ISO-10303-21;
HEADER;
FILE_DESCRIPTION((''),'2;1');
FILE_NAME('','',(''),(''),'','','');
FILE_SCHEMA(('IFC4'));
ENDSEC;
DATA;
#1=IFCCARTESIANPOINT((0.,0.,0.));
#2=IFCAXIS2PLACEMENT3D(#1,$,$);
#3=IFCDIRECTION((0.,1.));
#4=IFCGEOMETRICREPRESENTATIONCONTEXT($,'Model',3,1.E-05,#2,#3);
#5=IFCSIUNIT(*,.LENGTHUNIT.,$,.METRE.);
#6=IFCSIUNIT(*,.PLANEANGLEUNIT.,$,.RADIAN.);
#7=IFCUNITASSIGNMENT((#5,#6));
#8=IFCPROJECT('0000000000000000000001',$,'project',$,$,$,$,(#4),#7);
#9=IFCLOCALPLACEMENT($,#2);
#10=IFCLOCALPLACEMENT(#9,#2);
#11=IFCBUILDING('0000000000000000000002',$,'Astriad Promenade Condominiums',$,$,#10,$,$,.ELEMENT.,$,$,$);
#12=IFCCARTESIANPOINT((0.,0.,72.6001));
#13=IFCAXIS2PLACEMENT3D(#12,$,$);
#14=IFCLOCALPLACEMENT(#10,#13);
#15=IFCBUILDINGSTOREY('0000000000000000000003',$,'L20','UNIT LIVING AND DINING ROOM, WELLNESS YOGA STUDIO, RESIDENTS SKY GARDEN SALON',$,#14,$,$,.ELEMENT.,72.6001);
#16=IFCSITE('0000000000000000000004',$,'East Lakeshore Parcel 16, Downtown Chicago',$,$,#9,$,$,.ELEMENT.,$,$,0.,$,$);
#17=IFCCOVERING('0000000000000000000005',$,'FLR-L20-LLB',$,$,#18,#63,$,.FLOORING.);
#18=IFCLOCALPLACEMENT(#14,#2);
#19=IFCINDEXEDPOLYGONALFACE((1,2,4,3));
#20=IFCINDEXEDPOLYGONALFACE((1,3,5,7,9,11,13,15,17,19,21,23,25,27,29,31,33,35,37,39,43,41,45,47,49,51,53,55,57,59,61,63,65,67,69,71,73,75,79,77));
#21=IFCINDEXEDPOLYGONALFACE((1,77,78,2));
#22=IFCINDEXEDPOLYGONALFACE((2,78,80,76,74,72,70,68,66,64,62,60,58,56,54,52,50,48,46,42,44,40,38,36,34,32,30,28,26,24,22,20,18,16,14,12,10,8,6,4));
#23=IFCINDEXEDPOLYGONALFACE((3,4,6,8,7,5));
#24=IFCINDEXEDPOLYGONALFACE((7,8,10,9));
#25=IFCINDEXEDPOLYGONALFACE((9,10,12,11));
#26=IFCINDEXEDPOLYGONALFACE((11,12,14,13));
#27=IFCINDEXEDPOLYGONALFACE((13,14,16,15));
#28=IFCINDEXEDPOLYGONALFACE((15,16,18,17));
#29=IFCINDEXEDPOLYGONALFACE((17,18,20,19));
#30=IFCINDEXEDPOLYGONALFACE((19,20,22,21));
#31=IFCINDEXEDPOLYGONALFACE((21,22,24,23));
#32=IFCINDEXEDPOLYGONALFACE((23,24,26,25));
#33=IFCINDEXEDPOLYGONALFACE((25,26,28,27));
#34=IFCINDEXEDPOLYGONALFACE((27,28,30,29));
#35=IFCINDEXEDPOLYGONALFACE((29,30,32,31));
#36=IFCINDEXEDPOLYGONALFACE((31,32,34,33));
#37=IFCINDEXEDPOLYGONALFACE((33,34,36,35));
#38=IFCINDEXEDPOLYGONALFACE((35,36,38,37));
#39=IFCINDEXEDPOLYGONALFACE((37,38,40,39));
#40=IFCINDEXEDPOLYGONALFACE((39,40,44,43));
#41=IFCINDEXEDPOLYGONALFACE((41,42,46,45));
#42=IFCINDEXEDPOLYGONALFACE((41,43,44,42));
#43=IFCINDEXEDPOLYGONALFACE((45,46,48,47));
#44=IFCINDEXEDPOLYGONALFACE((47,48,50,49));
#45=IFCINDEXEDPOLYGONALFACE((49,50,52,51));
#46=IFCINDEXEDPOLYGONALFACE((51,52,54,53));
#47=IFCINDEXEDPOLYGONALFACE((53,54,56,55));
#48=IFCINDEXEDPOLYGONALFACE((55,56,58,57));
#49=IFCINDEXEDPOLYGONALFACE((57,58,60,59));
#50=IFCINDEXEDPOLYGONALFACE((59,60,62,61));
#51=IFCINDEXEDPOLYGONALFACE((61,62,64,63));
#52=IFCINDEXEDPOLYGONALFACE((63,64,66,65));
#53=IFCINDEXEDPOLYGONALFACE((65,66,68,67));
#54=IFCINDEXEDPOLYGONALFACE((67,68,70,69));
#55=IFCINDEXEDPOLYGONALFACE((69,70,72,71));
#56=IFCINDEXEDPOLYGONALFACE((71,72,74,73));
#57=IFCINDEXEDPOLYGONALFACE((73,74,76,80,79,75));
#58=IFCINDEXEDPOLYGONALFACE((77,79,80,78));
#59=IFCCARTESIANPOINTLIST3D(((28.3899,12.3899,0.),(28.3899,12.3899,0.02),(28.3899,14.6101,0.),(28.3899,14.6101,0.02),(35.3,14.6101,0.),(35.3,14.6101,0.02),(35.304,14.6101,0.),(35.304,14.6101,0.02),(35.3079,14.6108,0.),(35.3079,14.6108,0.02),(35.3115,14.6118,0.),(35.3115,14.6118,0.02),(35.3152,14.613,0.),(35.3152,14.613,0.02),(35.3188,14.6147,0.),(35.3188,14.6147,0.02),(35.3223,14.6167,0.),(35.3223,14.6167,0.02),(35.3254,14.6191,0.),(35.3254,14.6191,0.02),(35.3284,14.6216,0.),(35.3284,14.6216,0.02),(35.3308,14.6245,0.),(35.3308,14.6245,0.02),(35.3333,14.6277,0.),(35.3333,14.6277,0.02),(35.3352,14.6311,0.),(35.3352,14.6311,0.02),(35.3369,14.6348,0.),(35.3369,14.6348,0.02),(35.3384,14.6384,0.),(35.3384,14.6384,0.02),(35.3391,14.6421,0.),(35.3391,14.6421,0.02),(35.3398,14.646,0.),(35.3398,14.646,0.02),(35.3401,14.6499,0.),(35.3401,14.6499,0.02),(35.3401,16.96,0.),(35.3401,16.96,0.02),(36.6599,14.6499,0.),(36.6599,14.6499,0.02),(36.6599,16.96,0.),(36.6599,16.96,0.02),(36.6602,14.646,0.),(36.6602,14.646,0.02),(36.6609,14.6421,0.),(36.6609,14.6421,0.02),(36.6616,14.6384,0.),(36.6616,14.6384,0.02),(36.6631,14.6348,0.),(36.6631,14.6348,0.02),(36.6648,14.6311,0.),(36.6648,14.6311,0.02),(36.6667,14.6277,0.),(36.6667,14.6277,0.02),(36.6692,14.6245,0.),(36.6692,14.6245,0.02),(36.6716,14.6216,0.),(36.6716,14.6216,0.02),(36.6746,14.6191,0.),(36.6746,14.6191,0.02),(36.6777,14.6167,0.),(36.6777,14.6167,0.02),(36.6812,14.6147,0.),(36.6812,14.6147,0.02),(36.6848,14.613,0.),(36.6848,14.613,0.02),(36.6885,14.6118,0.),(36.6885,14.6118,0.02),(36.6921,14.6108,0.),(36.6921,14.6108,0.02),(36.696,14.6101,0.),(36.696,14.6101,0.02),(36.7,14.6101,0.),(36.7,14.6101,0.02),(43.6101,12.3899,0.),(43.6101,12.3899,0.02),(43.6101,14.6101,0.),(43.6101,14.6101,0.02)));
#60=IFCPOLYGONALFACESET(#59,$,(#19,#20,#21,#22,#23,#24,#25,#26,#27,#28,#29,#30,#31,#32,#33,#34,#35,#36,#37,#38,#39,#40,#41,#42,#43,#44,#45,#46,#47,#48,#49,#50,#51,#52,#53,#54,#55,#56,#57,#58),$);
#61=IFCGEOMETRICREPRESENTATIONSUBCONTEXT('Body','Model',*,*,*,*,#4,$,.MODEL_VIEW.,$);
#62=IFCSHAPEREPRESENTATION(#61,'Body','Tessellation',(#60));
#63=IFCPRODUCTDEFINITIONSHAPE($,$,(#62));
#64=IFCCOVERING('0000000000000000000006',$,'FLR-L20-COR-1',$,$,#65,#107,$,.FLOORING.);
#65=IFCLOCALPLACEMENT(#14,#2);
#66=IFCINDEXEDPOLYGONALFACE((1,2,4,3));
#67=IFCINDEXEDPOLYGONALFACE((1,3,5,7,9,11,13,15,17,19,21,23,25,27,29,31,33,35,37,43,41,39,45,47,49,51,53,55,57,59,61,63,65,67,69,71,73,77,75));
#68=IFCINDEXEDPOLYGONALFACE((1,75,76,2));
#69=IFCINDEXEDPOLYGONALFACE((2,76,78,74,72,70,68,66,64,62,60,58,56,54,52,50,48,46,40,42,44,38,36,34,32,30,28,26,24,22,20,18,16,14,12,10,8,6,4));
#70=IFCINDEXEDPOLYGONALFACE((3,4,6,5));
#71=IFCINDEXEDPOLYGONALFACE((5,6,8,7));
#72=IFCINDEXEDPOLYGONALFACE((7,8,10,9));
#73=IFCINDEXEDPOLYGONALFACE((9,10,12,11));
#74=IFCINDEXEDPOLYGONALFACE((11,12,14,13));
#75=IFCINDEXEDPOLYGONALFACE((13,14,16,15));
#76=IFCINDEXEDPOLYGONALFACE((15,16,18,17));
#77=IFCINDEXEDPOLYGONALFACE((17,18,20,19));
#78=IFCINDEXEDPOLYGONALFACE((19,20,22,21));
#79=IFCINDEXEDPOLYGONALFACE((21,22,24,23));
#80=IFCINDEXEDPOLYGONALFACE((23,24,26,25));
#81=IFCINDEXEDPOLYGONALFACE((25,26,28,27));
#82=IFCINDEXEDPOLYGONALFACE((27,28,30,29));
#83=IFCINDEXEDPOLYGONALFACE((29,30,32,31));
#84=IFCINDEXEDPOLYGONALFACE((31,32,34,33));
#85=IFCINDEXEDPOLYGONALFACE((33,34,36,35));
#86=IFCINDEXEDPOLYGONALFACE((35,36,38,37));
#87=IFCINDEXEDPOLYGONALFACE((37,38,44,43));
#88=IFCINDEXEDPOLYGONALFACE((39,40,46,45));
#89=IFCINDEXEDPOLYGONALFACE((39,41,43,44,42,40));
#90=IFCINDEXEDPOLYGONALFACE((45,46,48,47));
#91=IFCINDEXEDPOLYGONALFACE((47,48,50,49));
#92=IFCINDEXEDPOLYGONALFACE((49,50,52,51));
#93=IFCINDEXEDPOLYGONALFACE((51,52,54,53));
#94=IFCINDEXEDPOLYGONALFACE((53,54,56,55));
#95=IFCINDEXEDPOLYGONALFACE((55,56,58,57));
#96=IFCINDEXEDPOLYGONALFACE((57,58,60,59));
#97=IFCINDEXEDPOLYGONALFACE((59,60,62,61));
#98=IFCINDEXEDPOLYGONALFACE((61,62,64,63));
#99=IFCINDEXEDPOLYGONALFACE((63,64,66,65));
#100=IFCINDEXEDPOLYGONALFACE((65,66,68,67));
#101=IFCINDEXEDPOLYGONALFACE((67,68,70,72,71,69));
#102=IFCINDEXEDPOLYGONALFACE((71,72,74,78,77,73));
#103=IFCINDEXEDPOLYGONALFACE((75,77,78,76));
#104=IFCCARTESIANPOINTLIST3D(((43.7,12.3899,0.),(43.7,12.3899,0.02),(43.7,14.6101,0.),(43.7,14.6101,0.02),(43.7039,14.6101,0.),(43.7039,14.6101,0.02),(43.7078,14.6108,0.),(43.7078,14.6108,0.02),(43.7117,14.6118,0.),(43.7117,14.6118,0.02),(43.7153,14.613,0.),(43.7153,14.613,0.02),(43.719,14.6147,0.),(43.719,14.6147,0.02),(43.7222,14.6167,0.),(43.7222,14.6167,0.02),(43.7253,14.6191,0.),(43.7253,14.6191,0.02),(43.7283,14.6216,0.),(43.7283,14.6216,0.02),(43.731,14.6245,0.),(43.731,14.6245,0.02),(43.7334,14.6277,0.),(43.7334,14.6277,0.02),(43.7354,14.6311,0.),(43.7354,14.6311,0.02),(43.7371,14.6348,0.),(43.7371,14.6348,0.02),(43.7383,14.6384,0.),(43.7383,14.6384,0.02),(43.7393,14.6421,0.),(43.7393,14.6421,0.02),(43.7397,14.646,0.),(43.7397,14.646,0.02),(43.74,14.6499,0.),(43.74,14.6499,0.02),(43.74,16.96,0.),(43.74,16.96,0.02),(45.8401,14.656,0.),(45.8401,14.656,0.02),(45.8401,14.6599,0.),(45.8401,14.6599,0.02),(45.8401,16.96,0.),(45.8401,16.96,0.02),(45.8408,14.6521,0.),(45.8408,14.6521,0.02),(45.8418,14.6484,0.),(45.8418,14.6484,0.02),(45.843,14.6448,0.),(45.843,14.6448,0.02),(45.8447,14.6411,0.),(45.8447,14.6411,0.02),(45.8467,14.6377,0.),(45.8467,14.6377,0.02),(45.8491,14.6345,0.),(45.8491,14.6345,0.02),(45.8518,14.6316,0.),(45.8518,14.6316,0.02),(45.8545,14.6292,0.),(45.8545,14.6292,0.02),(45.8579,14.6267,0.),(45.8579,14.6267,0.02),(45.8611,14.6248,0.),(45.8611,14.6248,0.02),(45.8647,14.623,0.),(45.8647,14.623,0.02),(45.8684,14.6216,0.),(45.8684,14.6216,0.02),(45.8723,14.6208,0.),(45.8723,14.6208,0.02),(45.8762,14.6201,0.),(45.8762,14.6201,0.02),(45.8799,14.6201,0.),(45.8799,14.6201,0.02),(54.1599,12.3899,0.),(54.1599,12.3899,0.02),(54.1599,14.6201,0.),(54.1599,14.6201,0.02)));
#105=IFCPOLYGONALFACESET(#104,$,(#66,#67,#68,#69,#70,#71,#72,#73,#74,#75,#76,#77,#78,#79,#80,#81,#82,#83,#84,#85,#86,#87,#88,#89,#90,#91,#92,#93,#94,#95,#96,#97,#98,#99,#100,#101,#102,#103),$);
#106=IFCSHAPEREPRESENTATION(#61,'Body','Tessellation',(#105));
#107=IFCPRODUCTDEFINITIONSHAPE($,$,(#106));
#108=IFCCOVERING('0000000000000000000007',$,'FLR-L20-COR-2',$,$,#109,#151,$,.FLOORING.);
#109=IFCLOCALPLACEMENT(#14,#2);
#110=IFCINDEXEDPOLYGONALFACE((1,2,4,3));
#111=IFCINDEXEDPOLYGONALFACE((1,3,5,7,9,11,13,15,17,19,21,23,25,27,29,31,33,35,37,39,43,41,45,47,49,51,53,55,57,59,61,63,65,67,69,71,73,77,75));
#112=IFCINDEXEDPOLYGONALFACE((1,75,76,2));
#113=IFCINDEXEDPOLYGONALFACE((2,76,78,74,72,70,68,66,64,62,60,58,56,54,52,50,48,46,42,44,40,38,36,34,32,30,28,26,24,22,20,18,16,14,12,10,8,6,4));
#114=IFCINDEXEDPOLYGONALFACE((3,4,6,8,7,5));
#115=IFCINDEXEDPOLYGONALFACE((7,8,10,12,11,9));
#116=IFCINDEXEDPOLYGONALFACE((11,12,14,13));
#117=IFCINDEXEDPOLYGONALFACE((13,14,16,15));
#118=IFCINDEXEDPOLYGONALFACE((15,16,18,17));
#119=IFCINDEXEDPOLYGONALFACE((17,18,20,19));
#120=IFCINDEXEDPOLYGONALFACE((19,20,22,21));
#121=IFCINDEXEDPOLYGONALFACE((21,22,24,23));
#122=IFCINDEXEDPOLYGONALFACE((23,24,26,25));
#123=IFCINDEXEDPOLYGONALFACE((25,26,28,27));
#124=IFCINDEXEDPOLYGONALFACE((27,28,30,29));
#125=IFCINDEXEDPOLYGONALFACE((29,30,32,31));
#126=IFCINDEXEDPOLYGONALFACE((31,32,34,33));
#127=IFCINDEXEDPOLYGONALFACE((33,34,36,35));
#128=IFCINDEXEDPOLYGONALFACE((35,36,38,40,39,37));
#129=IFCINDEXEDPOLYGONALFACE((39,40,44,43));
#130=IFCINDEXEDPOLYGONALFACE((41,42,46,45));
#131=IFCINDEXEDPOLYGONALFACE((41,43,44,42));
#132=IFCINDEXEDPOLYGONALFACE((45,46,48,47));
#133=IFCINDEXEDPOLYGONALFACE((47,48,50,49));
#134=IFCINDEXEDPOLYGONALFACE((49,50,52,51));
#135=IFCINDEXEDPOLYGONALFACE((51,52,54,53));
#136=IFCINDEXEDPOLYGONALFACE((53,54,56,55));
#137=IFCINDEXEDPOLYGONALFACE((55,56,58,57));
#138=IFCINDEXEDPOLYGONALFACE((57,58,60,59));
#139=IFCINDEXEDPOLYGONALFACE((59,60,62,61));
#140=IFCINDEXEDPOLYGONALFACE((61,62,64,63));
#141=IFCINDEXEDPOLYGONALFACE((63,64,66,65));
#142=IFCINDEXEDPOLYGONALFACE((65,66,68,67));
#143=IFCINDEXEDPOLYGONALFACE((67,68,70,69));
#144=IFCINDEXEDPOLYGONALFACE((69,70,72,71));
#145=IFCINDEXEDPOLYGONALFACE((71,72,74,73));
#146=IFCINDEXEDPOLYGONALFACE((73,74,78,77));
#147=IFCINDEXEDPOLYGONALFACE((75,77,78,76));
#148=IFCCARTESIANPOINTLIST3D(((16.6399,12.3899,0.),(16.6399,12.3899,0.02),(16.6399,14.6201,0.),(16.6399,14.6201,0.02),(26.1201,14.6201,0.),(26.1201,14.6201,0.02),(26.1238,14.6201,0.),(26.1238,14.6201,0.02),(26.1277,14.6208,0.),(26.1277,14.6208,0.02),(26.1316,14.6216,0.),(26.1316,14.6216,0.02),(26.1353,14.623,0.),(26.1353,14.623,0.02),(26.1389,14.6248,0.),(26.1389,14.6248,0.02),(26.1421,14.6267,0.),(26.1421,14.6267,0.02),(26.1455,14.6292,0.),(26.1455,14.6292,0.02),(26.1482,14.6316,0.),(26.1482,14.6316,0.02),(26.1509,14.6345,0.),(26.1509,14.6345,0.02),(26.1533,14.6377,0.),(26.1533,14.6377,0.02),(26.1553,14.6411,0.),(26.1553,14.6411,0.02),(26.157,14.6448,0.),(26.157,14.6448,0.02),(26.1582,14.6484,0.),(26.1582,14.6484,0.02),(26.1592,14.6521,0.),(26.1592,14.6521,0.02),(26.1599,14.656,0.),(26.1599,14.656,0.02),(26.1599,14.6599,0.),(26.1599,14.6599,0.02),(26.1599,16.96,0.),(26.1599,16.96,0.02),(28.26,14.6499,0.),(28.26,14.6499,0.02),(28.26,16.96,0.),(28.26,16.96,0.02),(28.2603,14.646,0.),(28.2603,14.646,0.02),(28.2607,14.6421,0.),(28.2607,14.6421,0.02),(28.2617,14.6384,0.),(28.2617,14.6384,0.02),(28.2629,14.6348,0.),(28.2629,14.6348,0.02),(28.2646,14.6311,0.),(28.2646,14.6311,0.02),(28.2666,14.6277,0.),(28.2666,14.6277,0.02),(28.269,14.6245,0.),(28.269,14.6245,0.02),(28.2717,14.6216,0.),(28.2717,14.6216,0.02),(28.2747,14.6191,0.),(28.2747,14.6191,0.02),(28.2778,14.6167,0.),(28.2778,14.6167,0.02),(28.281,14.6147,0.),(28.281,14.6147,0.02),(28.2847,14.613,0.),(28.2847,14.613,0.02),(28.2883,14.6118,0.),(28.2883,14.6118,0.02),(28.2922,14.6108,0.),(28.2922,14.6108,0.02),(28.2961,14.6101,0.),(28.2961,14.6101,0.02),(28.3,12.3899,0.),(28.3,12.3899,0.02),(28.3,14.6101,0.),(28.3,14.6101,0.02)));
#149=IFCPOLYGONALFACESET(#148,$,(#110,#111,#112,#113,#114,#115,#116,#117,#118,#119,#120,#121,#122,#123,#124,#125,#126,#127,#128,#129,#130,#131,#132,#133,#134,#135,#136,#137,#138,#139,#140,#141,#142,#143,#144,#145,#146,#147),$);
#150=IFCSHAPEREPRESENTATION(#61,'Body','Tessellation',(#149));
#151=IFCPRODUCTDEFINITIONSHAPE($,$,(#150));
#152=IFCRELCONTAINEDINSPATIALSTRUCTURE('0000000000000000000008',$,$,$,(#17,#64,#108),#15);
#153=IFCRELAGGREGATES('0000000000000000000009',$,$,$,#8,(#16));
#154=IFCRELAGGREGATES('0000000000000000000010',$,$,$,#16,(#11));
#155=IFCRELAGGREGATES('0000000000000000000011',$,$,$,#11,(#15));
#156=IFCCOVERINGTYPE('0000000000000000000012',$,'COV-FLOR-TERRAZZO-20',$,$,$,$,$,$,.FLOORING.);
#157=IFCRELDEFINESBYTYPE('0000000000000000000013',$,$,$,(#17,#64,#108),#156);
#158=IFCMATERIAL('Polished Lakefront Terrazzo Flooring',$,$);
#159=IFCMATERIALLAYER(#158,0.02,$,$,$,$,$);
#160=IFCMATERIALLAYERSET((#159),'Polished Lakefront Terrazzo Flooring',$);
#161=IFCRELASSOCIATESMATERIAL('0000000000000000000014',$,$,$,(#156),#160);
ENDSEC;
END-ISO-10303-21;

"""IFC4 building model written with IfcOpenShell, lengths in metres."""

from ifc_helpers import new_model, si_unit, direction, frame, origin, place, context, subcontext, project, spatial, polyline, outline, extrude, material, layer, layer_set, type_object, element, save


model = new_model("IFC4")

# Units and contexts
model_context = context("Model", 3, precision=1e-05, world=origin(), true_north=direction((0.0, 1.0)))
body_context = subcontext(model_context, "Body", "Model", "MODEL_VIEW")
ifc_project = project(units=[si_unit("LENGTHUNIT", "METRE"), si_unit("PLANEANGLEUNIT", "RADIAN")], contexts=[model_context])

# Site, building, storey
site_placement = place(None, origin())
site = spatial("IfcSite", under=ifc_project, at=site_placement, Name="East Lakeshore Parcel 16, Downtown Chicago", CompositionType="ELEMENT", RefElevation=0.0)
building_placement = place(site_placement, origin())
building = spatial("IfcBuilding", under=site, at=building_placement, Name="Astriad Promenade Condominiums", CompositionType="ELEMENT")
storey_placement = place(building_placement, frame((0.0, 0.0, 72.6001)))
storey = spatial("IfcBuildingStorey", under=building, at=storey_placement, Name="L20", Description="UNIT LIVING AND DINING ROOM, WELLNESS YOGA STUDIO, RESIDENTS SKY GARDEN SALON", CompositionType="ELEMENT", Elevation=72.6001)

# Coverings
ifc_material_1 = material(Name="Polished Lakefront Terrazzo Flooring")
ifc_layer_1 = layer(ifc_material_1, 0.02)
ifc_layer_set_1 = layer_set([ifc_layer_1], Name="Polished Lakefront Terrazzo Flooring")
covering_type_1 = type_object("IfcCoveringType", Name="COV-FLOR-TERRAZZO-20", PredefinedType="FLOORING", material=ifc_layer_set_1)
covering_1_placement = place(storey_placement, origin())
element("IfcCovering", 1, at=covering_1_placement, inside=storey, type_object=covering_type_1, Name="FLR-L20-LLB", PredefinedType="FLOORING", context=body_context, shape_type="SweptSolid", body=[
    extrude(outline(polyline([(43.6101, 14.6101), (43.6101, 12.3899), (28.3899, 12.3899), (28.3899, 14.6101), (35.3, 14.6101), (35.304, 14.6101), (35.3079, 14.6108), (35.3115, 14.6118), (35.3152, 14.613), (35.3188, 14.6147), (35.3223, 14.6167), (35.3254, 14.6191), (35.3284, 14.6216), (35.3308, 14.6245), (35.3333, 14.6277), (35.3352, 14.6311), (35.3369, 14.6348), (35.3384, 14.6384), (35.3391, 14.6421), (35.3398, 14.646), (35.3401, 14.6499), (35.3401, 16.96), (36.6599, 16.96), (36.6599, 14.6499), (36.6602, 14.646), (36.6609, 14.6421), (36.6616, 14.6384), (36.6631, 14.6348), (36.6648, 14.6311), (36.6667, 14.6277), (36.6692, 14.6245), (36.6716, 14.6216), (36.6746, 14.6191), (36.6777, 14.6167), (36.6812, 14.6147), (36.6848, 14.613), (36.6885, 14.6118), (36.6921, 14.6108), (36.696, 14.6101), (36.7, 14.6101), (43.6101, 14.6101)])), origin(), (0.0, 0.0, 1.0), 0.02),
])
covering_2_placement = place(storey_placement, origin())
element("IfcCovering", 2, at=covering_2_placement, inside=storey, type_object=covering_type_1, Name="FLR-L20-COR-1", PredefinedType="FLOORING", context=body_context, shape_type="SweptSolid", body=[
    extrude(outline(polyline([(43.7, 12.3899), (43.7, 14.6101), (43.7039, 14.6101), (43.7078, 14.6108), (43.7117, 14.6118), (43.7153, 14.613), (43.719, 14.6147), (43.7222, 14.6167), (43.7253, 14.6191), (43.7283, 14.6216), (43.731, 14.6245), (43.7334, 14.6277), (43.7354, 14.6311), (43.7371, 14.6348), (43.7383, 14.6384), (43.7393, 14.6421), (43.7397, 14.646), (43.74, 14.6499), (43.74, 16.96), (45.8401, 16.96), (45.8401, 14.6599), (45.8401, 14.656), (45.8408, 14.6521), (45.8418, 14.6484), (45.843, 14.6448), (45.8447, 14.6411), (45.8467, 14.6377), (45.8491, 14.6345), (45.8518, 14.6316), (45.8545, 14.6292), (45.8579, 14.6267), (45.8611, 14.6248), (45.8647, 14.623), (45.8684, 14.6216), (45.8723, 14.6208), (45.8762, 14.6201), (45.8799, 14.6201), (54.1599, 14.6201), (54.1599, 12.3899), (43.7, 12.3899)])), origin(), (0.0, 0.0, 1.0), 0.02),
])
covering_3_placement = place(storey_placement, origin())
element("IfcCovering", 3, at=covering_3_placement, inside=storey, type_object=covering_type_1, Name="FLR-L20-COR-2", PredefinedType="FLOORING", context=body_context, shape_type="SweptSolid", body=[
    extrude(outline(polyline([(28.3, 12.3899), (16.6399, 12.3899), (16.6399, 14.6201), (26.1201, 14.6201), (26.1238, 14.6201), (26.1277, 14.6208), (26.1316, 14.6216), (26.1353, 14.623), (26.1389, 14.6248), (26.1421, 14.6267), (26.1455, 14.6292), (26.1482, 14.6316), (26.1509, 14.6345), (26.1533, 14.6377), (26.1553, 14.6411), (26.157, 14.6448), (26.1582, 14.6484), (26.1592, 14.6521), (26.1599, 14.656), (26.1599, 14.6599), (26.1599, 16.96), (28.26, 16.96), (28.26, 14.6499), (28.2603, 14.646), (28.2607, 14.6421), (28.2617, 14.6384), (28.2629, 14.6348), (28.2646, 14.6311), (28.2666, 14.6277), (28.269, 14.6245), (28.2717, 14.6216), (28.2747, 14.6191), (28.2778, 14.6167), (28.281, 14.6147), (28.2847, 14.613), (28.2883, 14.6118), (28.2922, 14.6108), (28.2961, 14.6101), (28.3, 14.6101), (28.3, 12.3899)])), origin(), (0.0, 0.0, 1.0), 0.02),
])

save(model, "model.ifc")
